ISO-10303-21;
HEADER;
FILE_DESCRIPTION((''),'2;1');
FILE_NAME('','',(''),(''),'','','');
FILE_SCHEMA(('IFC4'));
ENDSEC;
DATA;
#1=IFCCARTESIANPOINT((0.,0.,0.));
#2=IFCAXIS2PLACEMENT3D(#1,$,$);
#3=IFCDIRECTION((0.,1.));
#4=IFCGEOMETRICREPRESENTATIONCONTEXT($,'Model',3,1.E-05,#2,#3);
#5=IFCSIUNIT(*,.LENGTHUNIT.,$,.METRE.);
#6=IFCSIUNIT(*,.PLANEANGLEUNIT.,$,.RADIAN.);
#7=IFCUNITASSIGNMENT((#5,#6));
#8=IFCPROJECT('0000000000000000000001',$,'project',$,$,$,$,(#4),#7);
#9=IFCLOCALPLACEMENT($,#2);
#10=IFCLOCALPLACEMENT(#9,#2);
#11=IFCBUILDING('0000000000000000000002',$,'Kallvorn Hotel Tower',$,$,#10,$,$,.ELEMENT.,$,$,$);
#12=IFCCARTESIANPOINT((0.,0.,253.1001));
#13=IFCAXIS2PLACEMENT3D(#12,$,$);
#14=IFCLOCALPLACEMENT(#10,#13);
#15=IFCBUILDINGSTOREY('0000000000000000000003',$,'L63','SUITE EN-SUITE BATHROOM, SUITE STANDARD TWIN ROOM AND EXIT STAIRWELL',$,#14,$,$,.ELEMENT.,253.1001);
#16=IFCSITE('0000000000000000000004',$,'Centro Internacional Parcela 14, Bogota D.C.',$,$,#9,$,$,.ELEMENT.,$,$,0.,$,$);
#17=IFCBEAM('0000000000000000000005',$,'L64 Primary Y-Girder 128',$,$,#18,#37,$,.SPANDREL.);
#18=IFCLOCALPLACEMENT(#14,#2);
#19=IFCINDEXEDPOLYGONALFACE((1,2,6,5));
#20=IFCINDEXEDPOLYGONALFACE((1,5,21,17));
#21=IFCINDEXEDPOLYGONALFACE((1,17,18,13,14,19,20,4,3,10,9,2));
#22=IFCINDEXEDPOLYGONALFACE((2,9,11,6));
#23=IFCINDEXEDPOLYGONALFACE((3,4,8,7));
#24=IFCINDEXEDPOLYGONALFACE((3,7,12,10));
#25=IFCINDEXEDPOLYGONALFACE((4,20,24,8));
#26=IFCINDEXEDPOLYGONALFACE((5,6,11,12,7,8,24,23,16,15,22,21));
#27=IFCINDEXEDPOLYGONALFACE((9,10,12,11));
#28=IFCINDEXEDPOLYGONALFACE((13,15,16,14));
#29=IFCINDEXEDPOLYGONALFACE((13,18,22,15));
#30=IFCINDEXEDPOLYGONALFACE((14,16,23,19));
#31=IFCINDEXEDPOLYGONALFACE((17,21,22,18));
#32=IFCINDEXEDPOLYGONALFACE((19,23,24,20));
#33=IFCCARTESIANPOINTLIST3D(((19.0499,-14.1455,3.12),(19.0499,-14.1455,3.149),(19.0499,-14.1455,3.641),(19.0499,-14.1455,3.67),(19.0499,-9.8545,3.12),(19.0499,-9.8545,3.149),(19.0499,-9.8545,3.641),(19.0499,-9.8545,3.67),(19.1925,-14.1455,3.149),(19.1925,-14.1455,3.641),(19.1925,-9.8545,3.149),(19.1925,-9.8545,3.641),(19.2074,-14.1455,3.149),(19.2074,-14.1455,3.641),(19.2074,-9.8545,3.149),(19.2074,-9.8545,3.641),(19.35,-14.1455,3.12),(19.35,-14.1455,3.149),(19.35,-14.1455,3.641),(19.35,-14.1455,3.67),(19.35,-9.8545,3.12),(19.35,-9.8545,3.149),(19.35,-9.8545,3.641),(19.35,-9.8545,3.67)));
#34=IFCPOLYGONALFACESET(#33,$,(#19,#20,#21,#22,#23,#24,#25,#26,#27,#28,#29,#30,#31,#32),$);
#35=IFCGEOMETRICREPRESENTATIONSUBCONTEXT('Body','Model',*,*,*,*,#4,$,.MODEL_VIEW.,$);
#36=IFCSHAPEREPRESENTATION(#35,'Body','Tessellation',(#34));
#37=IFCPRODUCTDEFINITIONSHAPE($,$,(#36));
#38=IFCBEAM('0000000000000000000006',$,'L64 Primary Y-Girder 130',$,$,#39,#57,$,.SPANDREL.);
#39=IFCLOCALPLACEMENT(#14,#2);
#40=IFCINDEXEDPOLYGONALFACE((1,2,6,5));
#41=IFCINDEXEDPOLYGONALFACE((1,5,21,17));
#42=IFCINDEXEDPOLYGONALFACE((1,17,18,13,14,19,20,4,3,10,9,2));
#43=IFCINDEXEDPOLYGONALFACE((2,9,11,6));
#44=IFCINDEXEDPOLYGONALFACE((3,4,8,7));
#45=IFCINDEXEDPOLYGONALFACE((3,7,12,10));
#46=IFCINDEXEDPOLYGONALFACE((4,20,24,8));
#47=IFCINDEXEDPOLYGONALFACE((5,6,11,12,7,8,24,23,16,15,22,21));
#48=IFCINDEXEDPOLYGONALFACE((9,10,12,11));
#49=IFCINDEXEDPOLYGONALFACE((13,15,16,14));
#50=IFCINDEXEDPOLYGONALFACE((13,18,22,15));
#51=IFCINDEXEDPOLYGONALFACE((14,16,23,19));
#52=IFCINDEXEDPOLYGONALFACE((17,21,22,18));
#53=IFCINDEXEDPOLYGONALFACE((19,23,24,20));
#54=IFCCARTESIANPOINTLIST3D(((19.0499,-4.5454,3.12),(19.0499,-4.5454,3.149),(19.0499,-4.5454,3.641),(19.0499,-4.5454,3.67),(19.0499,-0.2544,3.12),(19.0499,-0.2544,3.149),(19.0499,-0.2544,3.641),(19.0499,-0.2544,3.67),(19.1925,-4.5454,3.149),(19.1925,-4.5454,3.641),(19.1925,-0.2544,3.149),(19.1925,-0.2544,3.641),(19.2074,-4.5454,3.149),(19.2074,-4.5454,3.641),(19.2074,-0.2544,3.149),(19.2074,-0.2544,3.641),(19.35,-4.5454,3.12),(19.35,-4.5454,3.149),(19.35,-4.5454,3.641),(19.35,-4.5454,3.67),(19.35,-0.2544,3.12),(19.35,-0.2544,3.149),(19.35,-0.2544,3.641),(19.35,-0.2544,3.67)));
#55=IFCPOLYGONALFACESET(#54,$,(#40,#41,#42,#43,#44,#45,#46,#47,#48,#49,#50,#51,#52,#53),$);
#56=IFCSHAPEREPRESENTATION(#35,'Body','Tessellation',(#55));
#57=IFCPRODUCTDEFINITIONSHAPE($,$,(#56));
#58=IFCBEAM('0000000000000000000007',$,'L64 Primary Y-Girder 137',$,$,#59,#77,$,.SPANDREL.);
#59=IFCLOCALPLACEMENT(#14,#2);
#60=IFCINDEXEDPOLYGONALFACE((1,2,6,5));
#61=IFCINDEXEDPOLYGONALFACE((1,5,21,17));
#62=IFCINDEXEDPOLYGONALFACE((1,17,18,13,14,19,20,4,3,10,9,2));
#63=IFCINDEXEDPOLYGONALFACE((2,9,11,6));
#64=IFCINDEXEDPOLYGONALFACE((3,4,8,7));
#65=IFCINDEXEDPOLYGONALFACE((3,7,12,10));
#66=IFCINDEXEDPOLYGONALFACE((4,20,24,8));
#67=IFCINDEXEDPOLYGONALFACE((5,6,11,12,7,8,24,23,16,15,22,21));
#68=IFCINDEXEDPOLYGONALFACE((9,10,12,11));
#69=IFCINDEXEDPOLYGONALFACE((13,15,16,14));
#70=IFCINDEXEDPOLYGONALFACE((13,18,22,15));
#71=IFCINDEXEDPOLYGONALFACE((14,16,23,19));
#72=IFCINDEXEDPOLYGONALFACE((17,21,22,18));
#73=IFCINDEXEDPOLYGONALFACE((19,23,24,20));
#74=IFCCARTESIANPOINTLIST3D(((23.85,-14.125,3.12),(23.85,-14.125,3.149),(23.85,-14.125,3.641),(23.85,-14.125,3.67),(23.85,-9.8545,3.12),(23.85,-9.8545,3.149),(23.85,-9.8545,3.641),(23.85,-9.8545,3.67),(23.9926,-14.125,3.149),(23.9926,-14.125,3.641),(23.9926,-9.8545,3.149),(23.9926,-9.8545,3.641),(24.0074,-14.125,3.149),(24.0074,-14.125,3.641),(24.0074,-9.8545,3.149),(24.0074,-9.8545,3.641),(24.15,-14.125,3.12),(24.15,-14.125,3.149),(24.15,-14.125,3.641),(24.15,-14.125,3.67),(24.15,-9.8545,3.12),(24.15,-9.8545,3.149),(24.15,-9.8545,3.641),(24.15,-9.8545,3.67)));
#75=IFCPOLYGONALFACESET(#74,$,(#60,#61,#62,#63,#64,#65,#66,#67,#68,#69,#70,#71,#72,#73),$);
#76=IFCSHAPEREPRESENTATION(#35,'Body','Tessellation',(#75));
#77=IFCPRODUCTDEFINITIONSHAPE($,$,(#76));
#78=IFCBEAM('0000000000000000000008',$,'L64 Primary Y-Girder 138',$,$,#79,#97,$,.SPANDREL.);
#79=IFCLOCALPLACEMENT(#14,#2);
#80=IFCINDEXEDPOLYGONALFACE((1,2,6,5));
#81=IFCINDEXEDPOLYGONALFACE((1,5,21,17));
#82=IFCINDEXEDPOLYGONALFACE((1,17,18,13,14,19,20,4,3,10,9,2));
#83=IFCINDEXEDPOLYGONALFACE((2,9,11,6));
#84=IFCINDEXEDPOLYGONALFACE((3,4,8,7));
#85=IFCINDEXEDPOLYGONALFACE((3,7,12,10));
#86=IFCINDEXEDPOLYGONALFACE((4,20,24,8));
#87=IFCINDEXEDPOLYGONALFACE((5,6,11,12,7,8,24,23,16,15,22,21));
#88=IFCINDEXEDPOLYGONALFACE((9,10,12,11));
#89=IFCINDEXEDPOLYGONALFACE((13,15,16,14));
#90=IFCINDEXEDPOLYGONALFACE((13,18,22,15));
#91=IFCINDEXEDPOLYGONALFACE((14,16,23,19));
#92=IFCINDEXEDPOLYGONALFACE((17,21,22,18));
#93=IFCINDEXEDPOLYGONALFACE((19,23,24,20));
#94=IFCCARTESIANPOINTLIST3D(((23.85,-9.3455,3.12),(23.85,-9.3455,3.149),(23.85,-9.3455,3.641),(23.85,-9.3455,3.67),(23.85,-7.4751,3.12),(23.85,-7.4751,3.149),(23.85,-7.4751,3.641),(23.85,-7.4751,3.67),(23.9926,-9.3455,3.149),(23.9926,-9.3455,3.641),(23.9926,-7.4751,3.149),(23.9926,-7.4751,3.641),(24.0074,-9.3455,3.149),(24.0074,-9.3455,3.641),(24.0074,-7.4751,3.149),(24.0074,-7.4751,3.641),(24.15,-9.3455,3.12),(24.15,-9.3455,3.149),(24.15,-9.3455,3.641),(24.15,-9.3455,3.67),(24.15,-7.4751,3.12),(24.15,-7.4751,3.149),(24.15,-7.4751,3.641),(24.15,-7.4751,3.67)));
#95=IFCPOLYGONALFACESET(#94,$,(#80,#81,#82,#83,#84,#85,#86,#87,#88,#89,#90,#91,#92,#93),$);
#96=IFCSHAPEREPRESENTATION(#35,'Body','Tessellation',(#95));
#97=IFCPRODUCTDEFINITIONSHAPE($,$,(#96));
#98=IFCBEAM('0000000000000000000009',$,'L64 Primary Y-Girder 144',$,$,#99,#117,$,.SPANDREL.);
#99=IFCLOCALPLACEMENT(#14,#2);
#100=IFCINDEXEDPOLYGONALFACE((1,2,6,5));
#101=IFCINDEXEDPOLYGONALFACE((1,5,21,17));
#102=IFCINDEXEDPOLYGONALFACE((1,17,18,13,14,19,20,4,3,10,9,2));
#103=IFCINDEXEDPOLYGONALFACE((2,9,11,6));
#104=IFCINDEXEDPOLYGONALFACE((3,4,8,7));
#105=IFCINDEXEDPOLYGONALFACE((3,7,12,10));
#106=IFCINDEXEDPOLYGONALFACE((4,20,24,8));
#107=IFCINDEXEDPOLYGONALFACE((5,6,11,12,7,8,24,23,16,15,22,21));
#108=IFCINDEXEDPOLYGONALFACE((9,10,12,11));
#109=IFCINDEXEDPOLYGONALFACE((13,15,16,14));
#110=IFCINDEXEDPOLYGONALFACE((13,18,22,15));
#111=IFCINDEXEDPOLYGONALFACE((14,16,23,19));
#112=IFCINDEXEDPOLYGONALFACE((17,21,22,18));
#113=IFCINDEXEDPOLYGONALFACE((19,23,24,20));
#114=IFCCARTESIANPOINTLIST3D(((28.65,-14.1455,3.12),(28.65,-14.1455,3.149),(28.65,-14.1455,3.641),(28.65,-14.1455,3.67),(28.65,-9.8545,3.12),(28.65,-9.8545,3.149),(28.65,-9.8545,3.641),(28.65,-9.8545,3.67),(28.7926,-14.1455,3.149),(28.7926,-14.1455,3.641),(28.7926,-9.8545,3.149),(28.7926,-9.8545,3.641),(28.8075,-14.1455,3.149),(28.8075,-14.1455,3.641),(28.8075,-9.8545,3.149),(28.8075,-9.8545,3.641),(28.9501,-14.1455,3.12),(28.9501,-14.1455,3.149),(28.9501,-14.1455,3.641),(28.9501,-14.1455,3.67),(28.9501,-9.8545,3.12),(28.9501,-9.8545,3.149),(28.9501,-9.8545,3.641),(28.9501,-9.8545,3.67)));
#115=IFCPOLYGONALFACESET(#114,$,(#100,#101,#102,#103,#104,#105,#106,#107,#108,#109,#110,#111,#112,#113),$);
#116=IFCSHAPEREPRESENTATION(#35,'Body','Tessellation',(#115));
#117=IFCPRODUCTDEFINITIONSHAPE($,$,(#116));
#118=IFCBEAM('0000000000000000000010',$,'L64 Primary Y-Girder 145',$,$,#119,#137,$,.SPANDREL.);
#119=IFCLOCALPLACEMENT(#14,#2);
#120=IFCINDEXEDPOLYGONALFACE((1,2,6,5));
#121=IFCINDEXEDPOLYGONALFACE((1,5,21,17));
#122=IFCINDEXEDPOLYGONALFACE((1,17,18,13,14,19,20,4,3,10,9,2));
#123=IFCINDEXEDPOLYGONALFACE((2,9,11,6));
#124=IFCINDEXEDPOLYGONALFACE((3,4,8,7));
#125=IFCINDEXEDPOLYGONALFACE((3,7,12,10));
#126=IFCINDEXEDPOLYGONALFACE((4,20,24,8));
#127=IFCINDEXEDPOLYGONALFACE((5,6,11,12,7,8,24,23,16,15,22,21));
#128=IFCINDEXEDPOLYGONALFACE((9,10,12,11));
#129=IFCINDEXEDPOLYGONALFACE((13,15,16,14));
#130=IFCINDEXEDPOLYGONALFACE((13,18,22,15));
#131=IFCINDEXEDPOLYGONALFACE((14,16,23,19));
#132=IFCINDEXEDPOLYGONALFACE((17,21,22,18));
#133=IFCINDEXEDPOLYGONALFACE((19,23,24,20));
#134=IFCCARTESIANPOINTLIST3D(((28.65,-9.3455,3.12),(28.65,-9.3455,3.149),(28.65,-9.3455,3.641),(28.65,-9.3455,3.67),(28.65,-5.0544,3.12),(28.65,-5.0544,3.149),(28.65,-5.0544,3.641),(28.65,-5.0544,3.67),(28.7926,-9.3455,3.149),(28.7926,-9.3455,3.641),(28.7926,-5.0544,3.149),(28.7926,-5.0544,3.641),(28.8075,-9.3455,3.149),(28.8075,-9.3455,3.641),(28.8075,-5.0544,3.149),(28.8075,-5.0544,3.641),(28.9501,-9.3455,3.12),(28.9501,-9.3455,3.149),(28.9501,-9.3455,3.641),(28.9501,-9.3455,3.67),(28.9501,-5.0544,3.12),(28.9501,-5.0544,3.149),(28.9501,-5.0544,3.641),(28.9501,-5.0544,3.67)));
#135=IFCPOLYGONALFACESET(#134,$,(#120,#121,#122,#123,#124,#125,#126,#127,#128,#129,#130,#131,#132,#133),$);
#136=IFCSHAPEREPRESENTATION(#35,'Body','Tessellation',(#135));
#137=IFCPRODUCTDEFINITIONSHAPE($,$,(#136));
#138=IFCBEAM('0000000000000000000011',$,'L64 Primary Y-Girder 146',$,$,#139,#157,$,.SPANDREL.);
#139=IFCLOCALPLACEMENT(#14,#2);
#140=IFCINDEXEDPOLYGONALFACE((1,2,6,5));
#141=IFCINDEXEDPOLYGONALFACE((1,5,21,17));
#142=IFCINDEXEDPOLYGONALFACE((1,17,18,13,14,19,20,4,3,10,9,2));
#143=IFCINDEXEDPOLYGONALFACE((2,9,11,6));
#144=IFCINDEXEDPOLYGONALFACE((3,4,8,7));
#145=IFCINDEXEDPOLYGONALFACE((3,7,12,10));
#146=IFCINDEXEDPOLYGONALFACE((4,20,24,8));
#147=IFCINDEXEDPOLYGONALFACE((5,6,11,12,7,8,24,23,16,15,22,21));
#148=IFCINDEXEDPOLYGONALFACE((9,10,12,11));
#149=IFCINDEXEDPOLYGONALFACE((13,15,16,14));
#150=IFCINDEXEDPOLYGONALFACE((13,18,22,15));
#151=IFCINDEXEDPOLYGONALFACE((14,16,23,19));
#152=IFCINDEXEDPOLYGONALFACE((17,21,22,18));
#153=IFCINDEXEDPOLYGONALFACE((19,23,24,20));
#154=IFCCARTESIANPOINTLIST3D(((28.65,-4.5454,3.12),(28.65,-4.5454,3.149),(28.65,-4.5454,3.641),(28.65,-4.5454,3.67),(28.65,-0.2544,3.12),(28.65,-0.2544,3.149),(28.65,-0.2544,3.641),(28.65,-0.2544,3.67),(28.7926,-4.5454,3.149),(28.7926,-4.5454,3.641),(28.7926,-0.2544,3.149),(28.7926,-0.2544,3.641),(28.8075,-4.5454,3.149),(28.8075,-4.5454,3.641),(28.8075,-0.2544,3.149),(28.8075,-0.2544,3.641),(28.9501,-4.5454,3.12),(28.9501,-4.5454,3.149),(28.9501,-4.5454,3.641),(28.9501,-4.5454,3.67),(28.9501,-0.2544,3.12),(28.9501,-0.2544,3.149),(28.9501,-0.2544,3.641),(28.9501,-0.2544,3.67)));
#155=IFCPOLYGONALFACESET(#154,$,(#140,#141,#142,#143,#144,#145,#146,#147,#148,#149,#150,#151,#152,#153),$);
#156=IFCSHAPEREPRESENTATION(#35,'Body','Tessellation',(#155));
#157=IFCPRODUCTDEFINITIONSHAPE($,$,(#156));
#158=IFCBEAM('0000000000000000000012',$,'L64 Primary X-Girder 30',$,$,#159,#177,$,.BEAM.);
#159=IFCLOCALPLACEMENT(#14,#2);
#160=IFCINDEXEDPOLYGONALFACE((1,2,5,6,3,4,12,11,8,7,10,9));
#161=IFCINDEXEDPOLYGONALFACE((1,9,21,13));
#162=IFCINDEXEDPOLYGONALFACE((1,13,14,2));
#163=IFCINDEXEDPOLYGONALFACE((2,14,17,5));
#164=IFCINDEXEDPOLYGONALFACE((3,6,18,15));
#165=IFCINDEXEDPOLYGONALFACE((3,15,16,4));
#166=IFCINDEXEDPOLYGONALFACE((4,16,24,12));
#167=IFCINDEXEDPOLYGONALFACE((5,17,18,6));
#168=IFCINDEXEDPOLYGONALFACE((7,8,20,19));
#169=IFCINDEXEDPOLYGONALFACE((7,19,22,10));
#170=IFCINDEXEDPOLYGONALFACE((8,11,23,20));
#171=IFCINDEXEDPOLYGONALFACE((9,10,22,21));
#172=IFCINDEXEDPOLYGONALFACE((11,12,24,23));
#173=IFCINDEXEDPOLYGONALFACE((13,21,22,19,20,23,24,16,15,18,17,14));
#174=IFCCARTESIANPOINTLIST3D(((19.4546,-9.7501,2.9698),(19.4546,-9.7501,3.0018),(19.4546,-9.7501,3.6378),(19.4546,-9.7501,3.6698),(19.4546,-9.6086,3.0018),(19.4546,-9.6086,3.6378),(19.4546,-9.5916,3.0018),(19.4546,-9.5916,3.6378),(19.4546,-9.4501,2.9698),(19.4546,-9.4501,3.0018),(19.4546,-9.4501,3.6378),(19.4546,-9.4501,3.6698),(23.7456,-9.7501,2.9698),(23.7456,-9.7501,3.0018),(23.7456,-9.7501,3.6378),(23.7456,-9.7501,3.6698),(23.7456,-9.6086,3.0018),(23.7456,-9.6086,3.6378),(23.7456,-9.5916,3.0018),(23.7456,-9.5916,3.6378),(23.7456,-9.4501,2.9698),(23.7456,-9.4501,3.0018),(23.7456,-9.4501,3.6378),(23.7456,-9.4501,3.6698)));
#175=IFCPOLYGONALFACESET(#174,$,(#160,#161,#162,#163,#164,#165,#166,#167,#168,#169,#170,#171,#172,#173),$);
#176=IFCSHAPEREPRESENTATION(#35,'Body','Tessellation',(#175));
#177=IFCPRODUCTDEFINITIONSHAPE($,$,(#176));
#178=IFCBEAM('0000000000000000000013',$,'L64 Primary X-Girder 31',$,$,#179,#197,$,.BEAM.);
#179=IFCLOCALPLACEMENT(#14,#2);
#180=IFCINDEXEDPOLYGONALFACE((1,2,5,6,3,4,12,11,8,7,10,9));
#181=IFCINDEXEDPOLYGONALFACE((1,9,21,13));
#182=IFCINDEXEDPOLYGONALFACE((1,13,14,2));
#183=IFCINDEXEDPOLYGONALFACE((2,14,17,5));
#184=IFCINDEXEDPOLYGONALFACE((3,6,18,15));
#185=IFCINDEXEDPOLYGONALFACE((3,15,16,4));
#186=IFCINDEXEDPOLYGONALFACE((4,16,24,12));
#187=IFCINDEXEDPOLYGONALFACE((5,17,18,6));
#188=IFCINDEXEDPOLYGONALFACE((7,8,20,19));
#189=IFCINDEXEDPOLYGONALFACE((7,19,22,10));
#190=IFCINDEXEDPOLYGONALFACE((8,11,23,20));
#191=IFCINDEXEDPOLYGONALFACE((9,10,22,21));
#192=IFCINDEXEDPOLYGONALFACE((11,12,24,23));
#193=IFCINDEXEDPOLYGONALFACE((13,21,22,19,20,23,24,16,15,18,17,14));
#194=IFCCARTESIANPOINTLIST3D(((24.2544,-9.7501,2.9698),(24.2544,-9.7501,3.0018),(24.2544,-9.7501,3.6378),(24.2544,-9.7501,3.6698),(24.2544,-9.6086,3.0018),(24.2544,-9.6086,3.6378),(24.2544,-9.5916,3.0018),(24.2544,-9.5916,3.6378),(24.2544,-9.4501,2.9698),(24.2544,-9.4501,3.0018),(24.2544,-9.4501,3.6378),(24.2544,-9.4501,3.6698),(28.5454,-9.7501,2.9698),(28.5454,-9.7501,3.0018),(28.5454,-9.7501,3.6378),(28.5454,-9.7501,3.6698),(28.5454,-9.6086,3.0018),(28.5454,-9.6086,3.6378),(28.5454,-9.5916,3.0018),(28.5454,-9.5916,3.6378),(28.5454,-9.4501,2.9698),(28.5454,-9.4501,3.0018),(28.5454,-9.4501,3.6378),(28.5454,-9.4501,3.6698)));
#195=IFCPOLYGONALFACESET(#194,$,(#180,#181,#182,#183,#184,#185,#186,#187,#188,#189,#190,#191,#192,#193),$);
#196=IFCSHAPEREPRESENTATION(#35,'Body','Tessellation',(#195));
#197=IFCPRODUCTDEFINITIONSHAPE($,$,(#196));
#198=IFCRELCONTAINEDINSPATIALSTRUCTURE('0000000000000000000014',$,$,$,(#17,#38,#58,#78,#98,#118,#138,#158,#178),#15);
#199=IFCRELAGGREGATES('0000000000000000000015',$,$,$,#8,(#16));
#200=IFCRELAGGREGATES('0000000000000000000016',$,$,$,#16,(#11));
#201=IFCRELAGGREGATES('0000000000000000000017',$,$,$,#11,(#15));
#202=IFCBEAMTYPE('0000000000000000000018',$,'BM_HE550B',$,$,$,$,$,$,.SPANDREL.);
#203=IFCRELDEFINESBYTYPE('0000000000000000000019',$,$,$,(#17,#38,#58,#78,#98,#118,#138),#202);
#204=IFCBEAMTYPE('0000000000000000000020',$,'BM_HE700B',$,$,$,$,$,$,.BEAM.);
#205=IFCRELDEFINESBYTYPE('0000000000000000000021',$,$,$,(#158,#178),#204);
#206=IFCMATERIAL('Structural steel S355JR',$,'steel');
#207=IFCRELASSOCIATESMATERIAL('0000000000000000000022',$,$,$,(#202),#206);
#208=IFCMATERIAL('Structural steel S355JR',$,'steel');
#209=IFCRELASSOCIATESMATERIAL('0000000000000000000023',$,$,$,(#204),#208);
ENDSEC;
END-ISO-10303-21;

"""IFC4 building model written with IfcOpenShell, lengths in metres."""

from ifc_helpers import new_model, si_unit, direction, frame, origin, origin_2d, place, context, subcontext, project, spatial, i_section, extrude, material, material_profile, profile_set, type_object, element, save


model = new_model("IFC4")

# Units and contexts
model_context = context("Model", 3, precision=1e-05, world=origin(), true_north=direction((0.0, 1.0)))
body_context = subcontext(model_context, "Body", "Model", "MODEL_VIEW")
ifc_project = project(units=[si_unit("LENGTHUNIT", "METRE"), si_unit("PLANEANGLEUNIT", "RADIAN")], contexts=[model_context])

# Site, building, storey
site_placement = place(None, origin())
site = spatial("IfcSite", under=ifc_project, at=site_placement, Name="Centro Internacional Parcela 14, Bogota D.C.", CompositionType="ELEMENT", RefElevation=0.0)
building_placement = place(site_placement, origin())
building = spatial("IfcBuilding", under=site, at=building_placement, Name="Kallvorn Hotel Tower", CompositionType="ELEMENT")
storey_placement = place(building_placement, frame((0.0, 0.0, 253.1001)))
storey = spatial("IfcBuildingStorey", under=building, at=storey_placement, Name="L63", Description="SUITE EN-SUITE BATHROOM, SUITE STANDARD TWIN ROOM AND EXIT STAIRWELL", CompositionType="ELEMENT", Elevation=253.1001)

# Beams
ifc_material_1 = material(Name="Structural steel S355JR", Category="steel")
ifc_material_profile_1 = material_profile(ifc_material_1, i_section(OverallWidth=0.3, OverallDepth=0.55, WebThickness=0.0149, FlangeThickness=0.0291, at=origin_2d()), Name="HE 550 B")
ifc_profile_set_1 = profile_set([ifc_material_profile_1], Name="Structural steel S355JR")
beam_type_1 = type_object("IfcBeamType", Name="BM_HE550B", PredefinedType="SPANDREL", material=ifc_profile_set_1)
for number, where, z_axis, x_axis, name in (
    (1, (19.2, -14.1455, 3.395), (0.0, 1.0, 0.0), (-1.0, 0.0, 0.0), "L64 Primary Y-Girder 128"),
    (2, (19.2, -4.5454, 3.395), (0.0, 1.0, 0.0), (-1.0, 0.0, 0.0), "L64 Primary Y-Girder 130"),
):
    element("IfcBeam", number, at=place(storey_placement, frame(where, z_axis=z_axis, x_axis=x_axis)), inside=storey, type_object=beam_type_1, Name=name, PredefinedType="SPANDREL", context=body_context, shape_type="SweptSolid", body=[
        extrude(i_section(OverallWidth=0.3, OverallDepth=0.55, WebThickness=0.0149, FlangeThickness=0.0291, at=origin_2d()), origin(), (0.0, 0.0, 1.0), 4.291),
    ])
beam_1_placement = place(storey_placement, frame((24.0, -14.125, 3.395), z_axis=(0.0, 1.0, 0.0), x_axis=(-1.0, 0.0, 0.0)))
element("IfcBeam", 3, at=beam_1_placement, inside=storey, type_object=beam_type_1, Name="L64 Primary Y-Girder 137", PredefinedType="SPANDREL", context=body_context, shape_type="SweptSolid", body=[
    extrude(i_section(OverallWidth=0.3, OverallDepth=0.55, WebThickness=0.0149, FlangeThickness=0.0291, at=origin_2d()), origin(), (0.0, 0.0, 1.0), 4.2705),
])
beam_2_placement = place(storey_placement, frame((24.0, -9.3455, 3.395), z_axis=(0.0, 1.0, 0.0), x_axis=(-1.0, 0.0, 0.0)))
element("IfcBeam", 4, at=beam_2_placement, inside=storey, type_object=beam_type_1, Name="L64 Primary Y-Girder 138", PredefinedType="SPANDREL", context=body_context, shape_type="SweptSolid", body=[
    extrude(i_section(OverallWidth=0.3, OverallDepth=0.55, WebThickness=0.0149, FlangeThickness=0.0291, at=origin_2d()), origin(), (0.0, 0.0, 1.0), 1.8704),
])
for number, where, z_axis, x_axis, name in (
    (5, (28.8, -14.1455, 3.395), (0.0, 1.0, 0.0), (-1.0, 0.0, 0.0), "L64 Primary Y-Girder 144"),
    (6, (28.8, -9.3455, 3.395), (0.0, 1.0, 0.0), (-1.0, 0.0, 0.0), "L64 Primary Y-Girder 145"),
    (7, (28.8, -4.5454, 3.395), (0.0, 1.0, 0.0), (-1.0, 0.0, 0.0), "L64 Primary Y-Girder 146"),
):
    element("IfcBeam", number, at=place(storey_placement, frame(where, z_axis=z_axis, x_axis=x_axis)), inside=storey, type_object=beam_type_1, Name=name, PredefinedType="SPANDREL", context=body_context, shape_type="SweptSolid", body=[
        extrude(i_section(OverallWidth=0.3, OverallDepth=0.55, WebThickness=0.0149, FlangeThickness=0.0291, at=origin_2d()), origin(), (0.0, 0.0, 1.0), 4.291),
    ])
ifc_material_2 = material(Name="Structural steel S355JR", Category="steel")
ifc_material_profile_2 = material_profile(ifc_material_2, i_section(OverallWidth=0.3, OverallDepth=0.7, WebThickness=0.0171, FlangeThickness=0.032, at=origin_2d()), Name="HE 700 B")
ifc_profile_set_2 = profile_set([ifc_material_profile_2], Name="Structural steel S355JR")
beam_type_2 = type_object("IfcBeamType", Name="BM_HE700B", PredefinedType="BEAM", material=ifc_profile_set_2)
for number, where, z_axis, x_axis, name in (
    (8, (19.4546, -9.6001, 3.3198), (1.0, 0.0, 0.0), (0.0, 1.0, 0.0), "L64 Primary X-Girder 30"),
    (9, (24.2544, -9.6001, 3.3198), (1.0, 0.0, 0.0), (0.0, 1.0, 0.0), "L64 Primary X-Girder 31"),
):
    element("IfcBeam", number, at=place(storey_placement, frame(where, z_axis=z_axis, x_axis=x_axis)), inside=storey, type_object=beam_type_2, Name=name, PredefinedType="BEAM", context=body_context, shape_type="SweptSolid", body=[
        extrude(i_section(OverallWidth=0.3, OverallDepth=0.7, WebThickness=0.0171, FlangeThickness=0.032, at=origin_2d()), origin(), (0.0, 0.0, 1.0), 4.291),
    ])

save(model, "model.ifc")
